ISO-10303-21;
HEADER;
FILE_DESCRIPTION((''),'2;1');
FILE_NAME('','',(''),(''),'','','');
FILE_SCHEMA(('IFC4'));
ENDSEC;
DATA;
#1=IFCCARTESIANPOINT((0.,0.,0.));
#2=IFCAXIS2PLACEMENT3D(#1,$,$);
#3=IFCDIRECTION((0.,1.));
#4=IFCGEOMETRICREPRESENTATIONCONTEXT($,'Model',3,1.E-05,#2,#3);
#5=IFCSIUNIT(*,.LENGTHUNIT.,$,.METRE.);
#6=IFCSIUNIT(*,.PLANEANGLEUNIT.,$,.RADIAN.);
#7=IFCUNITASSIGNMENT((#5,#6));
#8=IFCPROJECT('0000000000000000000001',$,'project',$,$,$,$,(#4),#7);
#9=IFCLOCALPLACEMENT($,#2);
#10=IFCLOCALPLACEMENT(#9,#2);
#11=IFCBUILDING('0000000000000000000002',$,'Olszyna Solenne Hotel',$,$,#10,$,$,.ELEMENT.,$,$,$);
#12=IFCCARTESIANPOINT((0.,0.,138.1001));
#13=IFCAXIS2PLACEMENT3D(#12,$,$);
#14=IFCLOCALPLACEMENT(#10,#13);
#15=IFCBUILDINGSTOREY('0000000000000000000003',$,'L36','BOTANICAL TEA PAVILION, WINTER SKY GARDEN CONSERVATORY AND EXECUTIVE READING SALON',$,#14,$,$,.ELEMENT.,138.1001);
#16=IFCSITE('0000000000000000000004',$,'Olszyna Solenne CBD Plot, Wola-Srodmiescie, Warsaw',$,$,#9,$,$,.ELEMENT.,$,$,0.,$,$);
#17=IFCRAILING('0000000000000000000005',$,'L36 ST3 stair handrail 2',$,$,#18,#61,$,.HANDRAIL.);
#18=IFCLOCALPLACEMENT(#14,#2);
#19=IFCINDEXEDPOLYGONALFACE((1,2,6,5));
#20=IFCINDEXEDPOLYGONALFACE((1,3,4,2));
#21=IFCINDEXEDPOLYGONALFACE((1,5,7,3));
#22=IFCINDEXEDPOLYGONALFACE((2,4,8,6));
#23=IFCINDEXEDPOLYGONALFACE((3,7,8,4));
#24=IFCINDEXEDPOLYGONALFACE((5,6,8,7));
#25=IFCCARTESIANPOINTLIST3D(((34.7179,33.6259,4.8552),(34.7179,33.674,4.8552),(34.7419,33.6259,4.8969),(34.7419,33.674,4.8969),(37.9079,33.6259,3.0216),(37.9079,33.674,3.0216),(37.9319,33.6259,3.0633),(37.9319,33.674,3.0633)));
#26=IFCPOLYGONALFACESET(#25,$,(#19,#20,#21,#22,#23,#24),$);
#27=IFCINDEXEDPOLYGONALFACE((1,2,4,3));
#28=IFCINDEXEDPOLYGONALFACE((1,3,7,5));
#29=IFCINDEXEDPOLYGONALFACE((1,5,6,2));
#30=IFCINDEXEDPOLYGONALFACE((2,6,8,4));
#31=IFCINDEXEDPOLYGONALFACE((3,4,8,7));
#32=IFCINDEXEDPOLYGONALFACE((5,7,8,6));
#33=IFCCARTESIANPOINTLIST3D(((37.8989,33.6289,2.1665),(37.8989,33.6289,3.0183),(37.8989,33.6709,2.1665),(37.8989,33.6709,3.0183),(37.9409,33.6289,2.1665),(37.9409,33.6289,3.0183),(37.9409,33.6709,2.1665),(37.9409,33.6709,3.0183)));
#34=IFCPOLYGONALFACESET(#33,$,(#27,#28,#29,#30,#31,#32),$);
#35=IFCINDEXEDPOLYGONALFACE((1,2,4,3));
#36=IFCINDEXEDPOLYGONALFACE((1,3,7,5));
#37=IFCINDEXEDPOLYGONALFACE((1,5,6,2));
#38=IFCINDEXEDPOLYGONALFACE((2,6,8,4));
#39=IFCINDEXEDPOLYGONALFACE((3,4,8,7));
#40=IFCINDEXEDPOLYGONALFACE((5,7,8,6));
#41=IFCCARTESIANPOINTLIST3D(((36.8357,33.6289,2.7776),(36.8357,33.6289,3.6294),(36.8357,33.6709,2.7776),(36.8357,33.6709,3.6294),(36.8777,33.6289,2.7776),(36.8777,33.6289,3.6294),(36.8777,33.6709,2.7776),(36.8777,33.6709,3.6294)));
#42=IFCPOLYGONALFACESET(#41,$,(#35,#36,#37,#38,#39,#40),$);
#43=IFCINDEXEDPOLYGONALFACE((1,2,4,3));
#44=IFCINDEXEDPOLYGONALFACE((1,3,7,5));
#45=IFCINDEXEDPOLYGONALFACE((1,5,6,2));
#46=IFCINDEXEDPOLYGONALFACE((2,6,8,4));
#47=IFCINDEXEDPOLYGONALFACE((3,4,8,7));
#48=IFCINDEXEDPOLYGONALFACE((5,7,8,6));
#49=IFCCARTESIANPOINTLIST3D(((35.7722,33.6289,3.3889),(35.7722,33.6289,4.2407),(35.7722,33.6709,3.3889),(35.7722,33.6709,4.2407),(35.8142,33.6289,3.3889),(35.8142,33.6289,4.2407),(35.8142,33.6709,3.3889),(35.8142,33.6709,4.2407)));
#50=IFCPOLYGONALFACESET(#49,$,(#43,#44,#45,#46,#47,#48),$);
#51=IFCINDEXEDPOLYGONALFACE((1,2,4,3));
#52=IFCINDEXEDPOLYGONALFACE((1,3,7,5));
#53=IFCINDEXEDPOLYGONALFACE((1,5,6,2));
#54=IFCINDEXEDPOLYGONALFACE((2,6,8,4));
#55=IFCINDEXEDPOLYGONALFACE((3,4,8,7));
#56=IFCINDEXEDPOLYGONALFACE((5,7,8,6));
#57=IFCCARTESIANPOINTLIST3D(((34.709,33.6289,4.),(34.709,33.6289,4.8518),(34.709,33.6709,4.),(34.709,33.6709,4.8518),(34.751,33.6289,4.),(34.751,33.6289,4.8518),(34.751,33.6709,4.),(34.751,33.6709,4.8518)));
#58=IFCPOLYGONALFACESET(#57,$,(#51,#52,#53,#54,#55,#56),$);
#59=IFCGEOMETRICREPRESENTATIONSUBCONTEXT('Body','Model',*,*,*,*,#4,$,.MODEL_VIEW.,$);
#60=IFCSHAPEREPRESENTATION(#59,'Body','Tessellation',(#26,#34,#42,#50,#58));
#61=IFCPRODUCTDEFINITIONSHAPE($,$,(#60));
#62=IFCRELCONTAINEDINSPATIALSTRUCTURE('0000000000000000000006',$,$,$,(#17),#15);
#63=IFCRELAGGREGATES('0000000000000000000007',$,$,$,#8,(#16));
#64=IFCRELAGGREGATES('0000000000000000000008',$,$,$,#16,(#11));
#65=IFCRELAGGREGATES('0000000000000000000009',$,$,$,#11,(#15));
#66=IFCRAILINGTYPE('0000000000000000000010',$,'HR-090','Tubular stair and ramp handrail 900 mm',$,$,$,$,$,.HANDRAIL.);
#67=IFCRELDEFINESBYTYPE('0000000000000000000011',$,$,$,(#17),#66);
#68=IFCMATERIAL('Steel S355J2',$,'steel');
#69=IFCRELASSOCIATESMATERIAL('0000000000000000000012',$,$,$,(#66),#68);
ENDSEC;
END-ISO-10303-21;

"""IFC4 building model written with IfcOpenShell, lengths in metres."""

from ifc_helpers import new_model, si_unit, direction, frame, origin, origin_2d, place, context, subcontext, project, spatial, rectangle, extrude, material, type_object, element, save


model = new_model("IFC4")

# Units and contexts
model_context = context("Model", 3, precision=1e-05, world=origin(), true_north=direction((0.0, 1.0)))
body_context = subcontext(model_context, "Body", "Model", "MODEL_VIEW")
ifc_project = project(units=[si_unit("LENGTHUNIT", "METRE"), si_unit("PLANEANGLEUNIT", "RADIAN")], contexts=[model_context])

# Site, building, storey
site_placement = place(None, origin())
site = spatial("IfcSite", under=ifc_project, at=site_placement, Name="Olszyna Solenne CBD Plot, Wola-Srodmiescie, Warsaw", CompositionType="ELEMENT", RefElevation=0.0)
building_placement = place(site_placement, origin())
building = spatial("IfcBuilding", under=site, at=building_placement, Name="Olszyna Solenne Hotel", CompositionType="ELEMENT")
storey_placement = place(building_placement, frame((0.0, 0.0, 138.1001)))
storey = spatial("IfcBuildingStorey", under=building, at=storey_placement, Name="L36", Description="BOTANICAL TEA PAVILION, WINTER SKY GARDEN CONSERVATORY AND EXECUTIVE READING SALON", CompositionType="ELEMENT", Elevation=138.1001)

# Shared definitions
ifc_material_1 = material(Name="Steel S355J2", Category="steel")

# Railing
railing_type_1 = type_object("IfcRailingType", Name="HR-090", Description="Tubular stair and ramp handrail 900 mm", PredefinedType="HANDRAIL", material=ifc_material_1)
railing_1_placement = place(storey_placement, frame((37.9199, 33.6499, 2.1665)))
element("IfcRailing", 1, at=railing_1_placement, inside=storey, type_object=railing_type_1, Name="L36 ST3 stair handrail 2", PredefinedType="HANDRAIL", context=body_context, shape_type="SweptSolid", body=[
    extrude(rectangle(XDim=0.0481, YDim=0.0481, at=origin_2d()), frame((0.0, 0.0, 0.876), z_axis=(-0.866991, 0.0, 0.498324), x_axis=(0.0, -1.0, 0.0)), (0.0, 0.0, 1.0), 3.6794),
    extrude(rectangle(XDim=0.042, YDim=0.042, at=origin_2d()), origin(), (0.0, 0.0, 1.0), 0.8518),
    extrude(rectangle(XDim=0.042, YDim=0.042, at=origin_2d()), frame((-1.0632, 0.0, 0.6111)), (0.0, 0.0, 1.0), 0.8518),
    extrude(rectangle(XDim=0.042, YDim=0.042, at=origin_2d()), frame((-2.1267, 0.0, 1.2224)), (0.0, 0.0, 1.0), 0.8518),
    extrude(rectangle(XDim=0.042, YDim=0.042, at=origin_2d()), frame((-3.1899, 0.0, 1.8335)), (0.0, 0.0, 1.0), 0.8518),
])

save(model, "model.ifc")
